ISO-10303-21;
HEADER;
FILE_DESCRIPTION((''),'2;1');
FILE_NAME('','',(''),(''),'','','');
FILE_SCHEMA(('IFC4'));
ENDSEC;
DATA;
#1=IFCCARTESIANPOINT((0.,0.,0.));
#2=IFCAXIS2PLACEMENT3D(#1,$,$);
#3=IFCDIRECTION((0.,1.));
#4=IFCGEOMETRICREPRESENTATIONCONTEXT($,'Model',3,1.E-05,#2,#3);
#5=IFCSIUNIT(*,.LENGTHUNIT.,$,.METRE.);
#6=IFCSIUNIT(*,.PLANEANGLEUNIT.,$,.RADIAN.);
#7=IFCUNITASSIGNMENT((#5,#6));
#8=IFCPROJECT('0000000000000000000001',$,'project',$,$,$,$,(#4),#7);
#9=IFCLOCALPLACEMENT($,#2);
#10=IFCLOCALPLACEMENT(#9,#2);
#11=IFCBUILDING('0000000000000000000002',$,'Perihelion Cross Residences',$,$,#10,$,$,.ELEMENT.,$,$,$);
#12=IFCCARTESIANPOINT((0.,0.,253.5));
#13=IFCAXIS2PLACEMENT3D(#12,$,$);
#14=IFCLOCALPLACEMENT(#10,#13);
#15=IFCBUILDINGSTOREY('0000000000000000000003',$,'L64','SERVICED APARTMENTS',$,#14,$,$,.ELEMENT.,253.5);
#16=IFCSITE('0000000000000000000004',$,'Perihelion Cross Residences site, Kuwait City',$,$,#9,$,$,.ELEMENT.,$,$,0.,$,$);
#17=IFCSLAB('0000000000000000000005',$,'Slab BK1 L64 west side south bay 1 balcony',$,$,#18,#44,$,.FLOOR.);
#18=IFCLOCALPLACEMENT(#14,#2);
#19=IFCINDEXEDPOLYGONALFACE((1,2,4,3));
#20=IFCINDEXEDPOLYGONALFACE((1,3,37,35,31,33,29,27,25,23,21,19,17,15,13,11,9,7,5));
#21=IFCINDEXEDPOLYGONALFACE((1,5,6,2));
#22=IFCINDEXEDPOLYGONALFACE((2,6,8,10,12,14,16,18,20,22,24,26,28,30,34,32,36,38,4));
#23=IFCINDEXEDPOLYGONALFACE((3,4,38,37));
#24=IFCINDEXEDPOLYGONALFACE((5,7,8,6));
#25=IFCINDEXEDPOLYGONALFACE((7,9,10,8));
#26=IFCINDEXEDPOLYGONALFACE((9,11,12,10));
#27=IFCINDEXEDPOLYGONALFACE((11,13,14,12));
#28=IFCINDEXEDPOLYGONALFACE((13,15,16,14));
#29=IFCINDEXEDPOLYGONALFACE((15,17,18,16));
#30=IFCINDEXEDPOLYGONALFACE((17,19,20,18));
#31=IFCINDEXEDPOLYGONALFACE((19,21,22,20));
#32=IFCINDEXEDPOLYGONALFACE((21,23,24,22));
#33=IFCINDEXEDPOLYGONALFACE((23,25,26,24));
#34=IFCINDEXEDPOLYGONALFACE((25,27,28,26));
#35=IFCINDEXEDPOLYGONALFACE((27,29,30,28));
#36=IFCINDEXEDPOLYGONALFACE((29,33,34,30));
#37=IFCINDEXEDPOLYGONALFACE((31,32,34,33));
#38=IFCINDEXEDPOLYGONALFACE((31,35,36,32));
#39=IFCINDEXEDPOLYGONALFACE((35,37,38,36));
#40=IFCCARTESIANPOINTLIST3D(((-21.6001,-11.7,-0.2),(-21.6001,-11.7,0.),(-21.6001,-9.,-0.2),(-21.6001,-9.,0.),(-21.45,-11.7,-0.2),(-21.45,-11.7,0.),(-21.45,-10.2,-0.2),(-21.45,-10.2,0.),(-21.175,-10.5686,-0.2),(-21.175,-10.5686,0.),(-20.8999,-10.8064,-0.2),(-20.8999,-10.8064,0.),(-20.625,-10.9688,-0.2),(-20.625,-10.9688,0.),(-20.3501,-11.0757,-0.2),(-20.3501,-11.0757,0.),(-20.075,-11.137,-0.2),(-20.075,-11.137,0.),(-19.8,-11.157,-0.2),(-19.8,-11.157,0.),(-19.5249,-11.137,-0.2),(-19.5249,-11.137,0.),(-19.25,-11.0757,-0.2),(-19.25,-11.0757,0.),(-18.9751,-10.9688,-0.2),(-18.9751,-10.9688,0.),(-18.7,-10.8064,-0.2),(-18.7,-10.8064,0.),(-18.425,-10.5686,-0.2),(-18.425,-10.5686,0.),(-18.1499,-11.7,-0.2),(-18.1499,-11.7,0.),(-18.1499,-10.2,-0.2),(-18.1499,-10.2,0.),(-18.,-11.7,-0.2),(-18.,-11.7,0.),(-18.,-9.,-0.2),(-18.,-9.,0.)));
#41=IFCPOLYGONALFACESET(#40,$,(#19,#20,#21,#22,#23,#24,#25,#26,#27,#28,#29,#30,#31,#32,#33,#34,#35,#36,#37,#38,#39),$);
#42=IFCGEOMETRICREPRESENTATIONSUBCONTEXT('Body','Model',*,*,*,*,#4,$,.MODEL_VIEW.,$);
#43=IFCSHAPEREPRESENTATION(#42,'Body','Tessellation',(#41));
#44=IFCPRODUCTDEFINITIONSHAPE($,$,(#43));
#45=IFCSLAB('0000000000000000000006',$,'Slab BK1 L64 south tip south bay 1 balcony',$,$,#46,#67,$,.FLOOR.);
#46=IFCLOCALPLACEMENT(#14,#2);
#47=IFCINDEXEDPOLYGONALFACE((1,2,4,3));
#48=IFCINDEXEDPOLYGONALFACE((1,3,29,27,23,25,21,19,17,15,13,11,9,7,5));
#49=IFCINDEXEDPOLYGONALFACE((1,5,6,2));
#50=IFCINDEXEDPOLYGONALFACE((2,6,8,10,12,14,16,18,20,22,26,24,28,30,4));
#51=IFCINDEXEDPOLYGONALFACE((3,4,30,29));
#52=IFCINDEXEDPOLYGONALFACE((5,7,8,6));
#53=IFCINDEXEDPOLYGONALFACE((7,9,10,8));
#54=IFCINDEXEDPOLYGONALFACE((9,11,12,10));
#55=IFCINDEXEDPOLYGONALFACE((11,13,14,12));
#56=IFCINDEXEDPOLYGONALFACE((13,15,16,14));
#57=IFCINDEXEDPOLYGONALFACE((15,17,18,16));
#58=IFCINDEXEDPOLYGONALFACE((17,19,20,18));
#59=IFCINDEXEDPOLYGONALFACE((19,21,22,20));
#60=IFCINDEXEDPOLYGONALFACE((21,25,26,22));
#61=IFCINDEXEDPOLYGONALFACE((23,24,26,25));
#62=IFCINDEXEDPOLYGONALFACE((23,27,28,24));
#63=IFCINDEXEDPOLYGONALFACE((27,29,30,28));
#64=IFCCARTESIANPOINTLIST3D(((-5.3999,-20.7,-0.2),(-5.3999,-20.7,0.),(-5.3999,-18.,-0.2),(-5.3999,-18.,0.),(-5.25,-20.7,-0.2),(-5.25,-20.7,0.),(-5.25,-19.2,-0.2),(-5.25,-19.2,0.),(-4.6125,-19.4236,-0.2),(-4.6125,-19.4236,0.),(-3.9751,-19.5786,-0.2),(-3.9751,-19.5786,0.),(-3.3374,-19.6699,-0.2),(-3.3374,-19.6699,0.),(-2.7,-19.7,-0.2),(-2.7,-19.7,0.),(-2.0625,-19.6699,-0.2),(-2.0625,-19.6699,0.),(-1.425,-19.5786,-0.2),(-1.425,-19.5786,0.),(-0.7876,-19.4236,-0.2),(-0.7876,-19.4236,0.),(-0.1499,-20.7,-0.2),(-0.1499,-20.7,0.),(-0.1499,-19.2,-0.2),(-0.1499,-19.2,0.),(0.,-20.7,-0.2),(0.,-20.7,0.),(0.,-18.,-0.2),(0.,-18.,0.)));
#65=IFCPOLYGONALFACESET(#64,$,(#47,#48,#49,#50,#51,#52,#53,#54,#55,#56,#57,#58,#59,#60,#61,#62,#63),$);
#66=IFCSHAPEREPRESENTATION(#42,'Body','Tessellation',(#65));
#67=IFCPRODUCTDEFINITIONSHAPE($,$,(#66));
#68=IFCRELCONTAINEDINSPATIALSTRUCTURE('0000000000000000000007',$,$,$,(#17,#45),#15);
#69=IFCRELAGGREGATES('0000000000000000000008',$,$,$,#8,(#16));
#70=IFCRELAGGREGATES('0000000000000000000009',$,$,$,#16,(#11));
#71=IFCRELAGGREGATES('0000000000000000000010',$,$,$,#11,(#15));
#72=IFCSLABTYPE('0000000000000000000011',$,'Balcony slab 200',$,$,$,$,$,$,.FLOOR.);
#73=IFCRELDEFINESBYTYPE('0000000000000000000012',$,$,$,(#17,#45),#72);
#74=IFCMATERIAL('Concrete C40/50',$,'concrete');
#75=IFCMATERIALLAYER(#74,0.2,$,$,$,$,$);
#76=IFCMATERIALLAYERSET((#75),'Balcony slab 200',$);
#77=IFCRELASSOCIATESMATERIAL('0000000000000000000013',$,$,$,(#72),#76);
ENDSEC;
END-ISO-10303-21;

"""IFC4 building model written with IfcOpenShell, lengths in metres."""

from ifc_helpers import new_model, si_unit, direction, frame, origin, place, context, subcontext, project, spatial, polyline, outline, extrude, material, layer, layer_set, type_object, element, save


model = new_model("IFC4")

# Units and contexts
model_context = context("Model", 3, precision=1e-05, world=origin(), true_north=direction((0.0, 1.0)))
body_context = subcontext(model_context, "Body", "Model", "MODEL_VIEW")
ifc_project = project(units=[si_unit("LENGTHUNIT", "METRE"), si_unit("PLANEANGLEUNIT", "RADIAN")], contexts=[model_context])

# Site, building, storey
site_placement = place(None, origin())
site = spatial("IfcSite", under=ifc_project, at=site_placement, Name="Perihelion Cross Residences site, Kuwait City", CompositionType="ELEMENT", RefElevation=0.0)
building_placement = place(site_placement, origin())
building = spatial("IfcBuilding", under=site, at=building_placement, Name="Perihelion Cross Residences", CompositionType="ELEMENT")
storey_placement = place(building_placement, frame((0.0, 0.0, 253.5)))
storey = spatial("IfcBuildingStorey", under=building, at=storey_placement, Name="L64", Description="SERVICED APARTMENTS", CompositionType="ELEMENT", Elevation=253.5)

# Slabs
ifc_material_1 = material(Name="Concrete C40/50", Category="concrete")
ifc_layer_1 = layer(ifc_material_1, 0.2)
ifc_layer_set_1 = layer_set([ifc_layer_1], Name="Balcony slab 200")
slab_type_1 = type_object("IfcSlabType", Name="Balcony slab 200", PredefinedType="FLOOR", material=ifc_layer_set_1)
slab_1_placement = place(storey_placement, frame((0.0, 0.0, -0.2)))
element("IfcSlab", 1, at=slab_1_placement, inside=storey, type_object=slab_type_1, Name="Slab BK1 L64 west side south bay 1 balcony", PredefinedType="FLOOR", context=body_context, shape_type="SweptSolid", body=[
    extrude(outline(polyline([(-21.6001, -9.0), (-18.0, -9.0), (-18.0, -11.7), (-18.1499, -11.7), (-18.1499, -10.2), (-18.425, -10.5686), (-18.7, -10.8064), (-18.9751, -10.9688), (-19.25, -11.0757), (-19.5249, -11.137), (-19.8, -11.157), (-20.075, -11.137), (-20.3501, -11.0757), (-20.625, -10.9688), (-20.8999, -10.8064), (-21.175, -10.5686), (-21.45, -10.2), (-21.45, -11.7), (-21.6001, -11.7), (-21.6001, -9.0)])), origin(), (0.0, 0.0, 1.0), 0.2),
])
slab_2_placement = place(storey_placement, frame((0.0, 0.0, -0.2)))
element("IfcSlab", 2, at=slab_2_placement, inside=storey, type_object=slab_type_1, Name="Slab BK1 L64 south tip south bay 1 balcony", PredefinedType="FLOOR", context=body_context, shape_type="SweptSolid", body=[
    extrude(outline(polyline([(-5.3999, -18.0), (0.0, -18.0), (0.0, -20.7), (-0.1499, -20.7), (-0.1499, -19.2), (-0.7876, -19.4236), (-1.425, -19.5786), (-2.0625, -19.6699), (-2.7, -19.7), (-3.3374, -19.6699), (-3.9751, -19.5786), (-4.6125, -19.4236), (-5.25, -19.2), (-5.25, -20.7), (-5.3999, -20.7), (-5.3999, -18.0)])), origin(), (0.0, 0.0, 1.0), 0.2),
])

save(model, "model.ifc")
